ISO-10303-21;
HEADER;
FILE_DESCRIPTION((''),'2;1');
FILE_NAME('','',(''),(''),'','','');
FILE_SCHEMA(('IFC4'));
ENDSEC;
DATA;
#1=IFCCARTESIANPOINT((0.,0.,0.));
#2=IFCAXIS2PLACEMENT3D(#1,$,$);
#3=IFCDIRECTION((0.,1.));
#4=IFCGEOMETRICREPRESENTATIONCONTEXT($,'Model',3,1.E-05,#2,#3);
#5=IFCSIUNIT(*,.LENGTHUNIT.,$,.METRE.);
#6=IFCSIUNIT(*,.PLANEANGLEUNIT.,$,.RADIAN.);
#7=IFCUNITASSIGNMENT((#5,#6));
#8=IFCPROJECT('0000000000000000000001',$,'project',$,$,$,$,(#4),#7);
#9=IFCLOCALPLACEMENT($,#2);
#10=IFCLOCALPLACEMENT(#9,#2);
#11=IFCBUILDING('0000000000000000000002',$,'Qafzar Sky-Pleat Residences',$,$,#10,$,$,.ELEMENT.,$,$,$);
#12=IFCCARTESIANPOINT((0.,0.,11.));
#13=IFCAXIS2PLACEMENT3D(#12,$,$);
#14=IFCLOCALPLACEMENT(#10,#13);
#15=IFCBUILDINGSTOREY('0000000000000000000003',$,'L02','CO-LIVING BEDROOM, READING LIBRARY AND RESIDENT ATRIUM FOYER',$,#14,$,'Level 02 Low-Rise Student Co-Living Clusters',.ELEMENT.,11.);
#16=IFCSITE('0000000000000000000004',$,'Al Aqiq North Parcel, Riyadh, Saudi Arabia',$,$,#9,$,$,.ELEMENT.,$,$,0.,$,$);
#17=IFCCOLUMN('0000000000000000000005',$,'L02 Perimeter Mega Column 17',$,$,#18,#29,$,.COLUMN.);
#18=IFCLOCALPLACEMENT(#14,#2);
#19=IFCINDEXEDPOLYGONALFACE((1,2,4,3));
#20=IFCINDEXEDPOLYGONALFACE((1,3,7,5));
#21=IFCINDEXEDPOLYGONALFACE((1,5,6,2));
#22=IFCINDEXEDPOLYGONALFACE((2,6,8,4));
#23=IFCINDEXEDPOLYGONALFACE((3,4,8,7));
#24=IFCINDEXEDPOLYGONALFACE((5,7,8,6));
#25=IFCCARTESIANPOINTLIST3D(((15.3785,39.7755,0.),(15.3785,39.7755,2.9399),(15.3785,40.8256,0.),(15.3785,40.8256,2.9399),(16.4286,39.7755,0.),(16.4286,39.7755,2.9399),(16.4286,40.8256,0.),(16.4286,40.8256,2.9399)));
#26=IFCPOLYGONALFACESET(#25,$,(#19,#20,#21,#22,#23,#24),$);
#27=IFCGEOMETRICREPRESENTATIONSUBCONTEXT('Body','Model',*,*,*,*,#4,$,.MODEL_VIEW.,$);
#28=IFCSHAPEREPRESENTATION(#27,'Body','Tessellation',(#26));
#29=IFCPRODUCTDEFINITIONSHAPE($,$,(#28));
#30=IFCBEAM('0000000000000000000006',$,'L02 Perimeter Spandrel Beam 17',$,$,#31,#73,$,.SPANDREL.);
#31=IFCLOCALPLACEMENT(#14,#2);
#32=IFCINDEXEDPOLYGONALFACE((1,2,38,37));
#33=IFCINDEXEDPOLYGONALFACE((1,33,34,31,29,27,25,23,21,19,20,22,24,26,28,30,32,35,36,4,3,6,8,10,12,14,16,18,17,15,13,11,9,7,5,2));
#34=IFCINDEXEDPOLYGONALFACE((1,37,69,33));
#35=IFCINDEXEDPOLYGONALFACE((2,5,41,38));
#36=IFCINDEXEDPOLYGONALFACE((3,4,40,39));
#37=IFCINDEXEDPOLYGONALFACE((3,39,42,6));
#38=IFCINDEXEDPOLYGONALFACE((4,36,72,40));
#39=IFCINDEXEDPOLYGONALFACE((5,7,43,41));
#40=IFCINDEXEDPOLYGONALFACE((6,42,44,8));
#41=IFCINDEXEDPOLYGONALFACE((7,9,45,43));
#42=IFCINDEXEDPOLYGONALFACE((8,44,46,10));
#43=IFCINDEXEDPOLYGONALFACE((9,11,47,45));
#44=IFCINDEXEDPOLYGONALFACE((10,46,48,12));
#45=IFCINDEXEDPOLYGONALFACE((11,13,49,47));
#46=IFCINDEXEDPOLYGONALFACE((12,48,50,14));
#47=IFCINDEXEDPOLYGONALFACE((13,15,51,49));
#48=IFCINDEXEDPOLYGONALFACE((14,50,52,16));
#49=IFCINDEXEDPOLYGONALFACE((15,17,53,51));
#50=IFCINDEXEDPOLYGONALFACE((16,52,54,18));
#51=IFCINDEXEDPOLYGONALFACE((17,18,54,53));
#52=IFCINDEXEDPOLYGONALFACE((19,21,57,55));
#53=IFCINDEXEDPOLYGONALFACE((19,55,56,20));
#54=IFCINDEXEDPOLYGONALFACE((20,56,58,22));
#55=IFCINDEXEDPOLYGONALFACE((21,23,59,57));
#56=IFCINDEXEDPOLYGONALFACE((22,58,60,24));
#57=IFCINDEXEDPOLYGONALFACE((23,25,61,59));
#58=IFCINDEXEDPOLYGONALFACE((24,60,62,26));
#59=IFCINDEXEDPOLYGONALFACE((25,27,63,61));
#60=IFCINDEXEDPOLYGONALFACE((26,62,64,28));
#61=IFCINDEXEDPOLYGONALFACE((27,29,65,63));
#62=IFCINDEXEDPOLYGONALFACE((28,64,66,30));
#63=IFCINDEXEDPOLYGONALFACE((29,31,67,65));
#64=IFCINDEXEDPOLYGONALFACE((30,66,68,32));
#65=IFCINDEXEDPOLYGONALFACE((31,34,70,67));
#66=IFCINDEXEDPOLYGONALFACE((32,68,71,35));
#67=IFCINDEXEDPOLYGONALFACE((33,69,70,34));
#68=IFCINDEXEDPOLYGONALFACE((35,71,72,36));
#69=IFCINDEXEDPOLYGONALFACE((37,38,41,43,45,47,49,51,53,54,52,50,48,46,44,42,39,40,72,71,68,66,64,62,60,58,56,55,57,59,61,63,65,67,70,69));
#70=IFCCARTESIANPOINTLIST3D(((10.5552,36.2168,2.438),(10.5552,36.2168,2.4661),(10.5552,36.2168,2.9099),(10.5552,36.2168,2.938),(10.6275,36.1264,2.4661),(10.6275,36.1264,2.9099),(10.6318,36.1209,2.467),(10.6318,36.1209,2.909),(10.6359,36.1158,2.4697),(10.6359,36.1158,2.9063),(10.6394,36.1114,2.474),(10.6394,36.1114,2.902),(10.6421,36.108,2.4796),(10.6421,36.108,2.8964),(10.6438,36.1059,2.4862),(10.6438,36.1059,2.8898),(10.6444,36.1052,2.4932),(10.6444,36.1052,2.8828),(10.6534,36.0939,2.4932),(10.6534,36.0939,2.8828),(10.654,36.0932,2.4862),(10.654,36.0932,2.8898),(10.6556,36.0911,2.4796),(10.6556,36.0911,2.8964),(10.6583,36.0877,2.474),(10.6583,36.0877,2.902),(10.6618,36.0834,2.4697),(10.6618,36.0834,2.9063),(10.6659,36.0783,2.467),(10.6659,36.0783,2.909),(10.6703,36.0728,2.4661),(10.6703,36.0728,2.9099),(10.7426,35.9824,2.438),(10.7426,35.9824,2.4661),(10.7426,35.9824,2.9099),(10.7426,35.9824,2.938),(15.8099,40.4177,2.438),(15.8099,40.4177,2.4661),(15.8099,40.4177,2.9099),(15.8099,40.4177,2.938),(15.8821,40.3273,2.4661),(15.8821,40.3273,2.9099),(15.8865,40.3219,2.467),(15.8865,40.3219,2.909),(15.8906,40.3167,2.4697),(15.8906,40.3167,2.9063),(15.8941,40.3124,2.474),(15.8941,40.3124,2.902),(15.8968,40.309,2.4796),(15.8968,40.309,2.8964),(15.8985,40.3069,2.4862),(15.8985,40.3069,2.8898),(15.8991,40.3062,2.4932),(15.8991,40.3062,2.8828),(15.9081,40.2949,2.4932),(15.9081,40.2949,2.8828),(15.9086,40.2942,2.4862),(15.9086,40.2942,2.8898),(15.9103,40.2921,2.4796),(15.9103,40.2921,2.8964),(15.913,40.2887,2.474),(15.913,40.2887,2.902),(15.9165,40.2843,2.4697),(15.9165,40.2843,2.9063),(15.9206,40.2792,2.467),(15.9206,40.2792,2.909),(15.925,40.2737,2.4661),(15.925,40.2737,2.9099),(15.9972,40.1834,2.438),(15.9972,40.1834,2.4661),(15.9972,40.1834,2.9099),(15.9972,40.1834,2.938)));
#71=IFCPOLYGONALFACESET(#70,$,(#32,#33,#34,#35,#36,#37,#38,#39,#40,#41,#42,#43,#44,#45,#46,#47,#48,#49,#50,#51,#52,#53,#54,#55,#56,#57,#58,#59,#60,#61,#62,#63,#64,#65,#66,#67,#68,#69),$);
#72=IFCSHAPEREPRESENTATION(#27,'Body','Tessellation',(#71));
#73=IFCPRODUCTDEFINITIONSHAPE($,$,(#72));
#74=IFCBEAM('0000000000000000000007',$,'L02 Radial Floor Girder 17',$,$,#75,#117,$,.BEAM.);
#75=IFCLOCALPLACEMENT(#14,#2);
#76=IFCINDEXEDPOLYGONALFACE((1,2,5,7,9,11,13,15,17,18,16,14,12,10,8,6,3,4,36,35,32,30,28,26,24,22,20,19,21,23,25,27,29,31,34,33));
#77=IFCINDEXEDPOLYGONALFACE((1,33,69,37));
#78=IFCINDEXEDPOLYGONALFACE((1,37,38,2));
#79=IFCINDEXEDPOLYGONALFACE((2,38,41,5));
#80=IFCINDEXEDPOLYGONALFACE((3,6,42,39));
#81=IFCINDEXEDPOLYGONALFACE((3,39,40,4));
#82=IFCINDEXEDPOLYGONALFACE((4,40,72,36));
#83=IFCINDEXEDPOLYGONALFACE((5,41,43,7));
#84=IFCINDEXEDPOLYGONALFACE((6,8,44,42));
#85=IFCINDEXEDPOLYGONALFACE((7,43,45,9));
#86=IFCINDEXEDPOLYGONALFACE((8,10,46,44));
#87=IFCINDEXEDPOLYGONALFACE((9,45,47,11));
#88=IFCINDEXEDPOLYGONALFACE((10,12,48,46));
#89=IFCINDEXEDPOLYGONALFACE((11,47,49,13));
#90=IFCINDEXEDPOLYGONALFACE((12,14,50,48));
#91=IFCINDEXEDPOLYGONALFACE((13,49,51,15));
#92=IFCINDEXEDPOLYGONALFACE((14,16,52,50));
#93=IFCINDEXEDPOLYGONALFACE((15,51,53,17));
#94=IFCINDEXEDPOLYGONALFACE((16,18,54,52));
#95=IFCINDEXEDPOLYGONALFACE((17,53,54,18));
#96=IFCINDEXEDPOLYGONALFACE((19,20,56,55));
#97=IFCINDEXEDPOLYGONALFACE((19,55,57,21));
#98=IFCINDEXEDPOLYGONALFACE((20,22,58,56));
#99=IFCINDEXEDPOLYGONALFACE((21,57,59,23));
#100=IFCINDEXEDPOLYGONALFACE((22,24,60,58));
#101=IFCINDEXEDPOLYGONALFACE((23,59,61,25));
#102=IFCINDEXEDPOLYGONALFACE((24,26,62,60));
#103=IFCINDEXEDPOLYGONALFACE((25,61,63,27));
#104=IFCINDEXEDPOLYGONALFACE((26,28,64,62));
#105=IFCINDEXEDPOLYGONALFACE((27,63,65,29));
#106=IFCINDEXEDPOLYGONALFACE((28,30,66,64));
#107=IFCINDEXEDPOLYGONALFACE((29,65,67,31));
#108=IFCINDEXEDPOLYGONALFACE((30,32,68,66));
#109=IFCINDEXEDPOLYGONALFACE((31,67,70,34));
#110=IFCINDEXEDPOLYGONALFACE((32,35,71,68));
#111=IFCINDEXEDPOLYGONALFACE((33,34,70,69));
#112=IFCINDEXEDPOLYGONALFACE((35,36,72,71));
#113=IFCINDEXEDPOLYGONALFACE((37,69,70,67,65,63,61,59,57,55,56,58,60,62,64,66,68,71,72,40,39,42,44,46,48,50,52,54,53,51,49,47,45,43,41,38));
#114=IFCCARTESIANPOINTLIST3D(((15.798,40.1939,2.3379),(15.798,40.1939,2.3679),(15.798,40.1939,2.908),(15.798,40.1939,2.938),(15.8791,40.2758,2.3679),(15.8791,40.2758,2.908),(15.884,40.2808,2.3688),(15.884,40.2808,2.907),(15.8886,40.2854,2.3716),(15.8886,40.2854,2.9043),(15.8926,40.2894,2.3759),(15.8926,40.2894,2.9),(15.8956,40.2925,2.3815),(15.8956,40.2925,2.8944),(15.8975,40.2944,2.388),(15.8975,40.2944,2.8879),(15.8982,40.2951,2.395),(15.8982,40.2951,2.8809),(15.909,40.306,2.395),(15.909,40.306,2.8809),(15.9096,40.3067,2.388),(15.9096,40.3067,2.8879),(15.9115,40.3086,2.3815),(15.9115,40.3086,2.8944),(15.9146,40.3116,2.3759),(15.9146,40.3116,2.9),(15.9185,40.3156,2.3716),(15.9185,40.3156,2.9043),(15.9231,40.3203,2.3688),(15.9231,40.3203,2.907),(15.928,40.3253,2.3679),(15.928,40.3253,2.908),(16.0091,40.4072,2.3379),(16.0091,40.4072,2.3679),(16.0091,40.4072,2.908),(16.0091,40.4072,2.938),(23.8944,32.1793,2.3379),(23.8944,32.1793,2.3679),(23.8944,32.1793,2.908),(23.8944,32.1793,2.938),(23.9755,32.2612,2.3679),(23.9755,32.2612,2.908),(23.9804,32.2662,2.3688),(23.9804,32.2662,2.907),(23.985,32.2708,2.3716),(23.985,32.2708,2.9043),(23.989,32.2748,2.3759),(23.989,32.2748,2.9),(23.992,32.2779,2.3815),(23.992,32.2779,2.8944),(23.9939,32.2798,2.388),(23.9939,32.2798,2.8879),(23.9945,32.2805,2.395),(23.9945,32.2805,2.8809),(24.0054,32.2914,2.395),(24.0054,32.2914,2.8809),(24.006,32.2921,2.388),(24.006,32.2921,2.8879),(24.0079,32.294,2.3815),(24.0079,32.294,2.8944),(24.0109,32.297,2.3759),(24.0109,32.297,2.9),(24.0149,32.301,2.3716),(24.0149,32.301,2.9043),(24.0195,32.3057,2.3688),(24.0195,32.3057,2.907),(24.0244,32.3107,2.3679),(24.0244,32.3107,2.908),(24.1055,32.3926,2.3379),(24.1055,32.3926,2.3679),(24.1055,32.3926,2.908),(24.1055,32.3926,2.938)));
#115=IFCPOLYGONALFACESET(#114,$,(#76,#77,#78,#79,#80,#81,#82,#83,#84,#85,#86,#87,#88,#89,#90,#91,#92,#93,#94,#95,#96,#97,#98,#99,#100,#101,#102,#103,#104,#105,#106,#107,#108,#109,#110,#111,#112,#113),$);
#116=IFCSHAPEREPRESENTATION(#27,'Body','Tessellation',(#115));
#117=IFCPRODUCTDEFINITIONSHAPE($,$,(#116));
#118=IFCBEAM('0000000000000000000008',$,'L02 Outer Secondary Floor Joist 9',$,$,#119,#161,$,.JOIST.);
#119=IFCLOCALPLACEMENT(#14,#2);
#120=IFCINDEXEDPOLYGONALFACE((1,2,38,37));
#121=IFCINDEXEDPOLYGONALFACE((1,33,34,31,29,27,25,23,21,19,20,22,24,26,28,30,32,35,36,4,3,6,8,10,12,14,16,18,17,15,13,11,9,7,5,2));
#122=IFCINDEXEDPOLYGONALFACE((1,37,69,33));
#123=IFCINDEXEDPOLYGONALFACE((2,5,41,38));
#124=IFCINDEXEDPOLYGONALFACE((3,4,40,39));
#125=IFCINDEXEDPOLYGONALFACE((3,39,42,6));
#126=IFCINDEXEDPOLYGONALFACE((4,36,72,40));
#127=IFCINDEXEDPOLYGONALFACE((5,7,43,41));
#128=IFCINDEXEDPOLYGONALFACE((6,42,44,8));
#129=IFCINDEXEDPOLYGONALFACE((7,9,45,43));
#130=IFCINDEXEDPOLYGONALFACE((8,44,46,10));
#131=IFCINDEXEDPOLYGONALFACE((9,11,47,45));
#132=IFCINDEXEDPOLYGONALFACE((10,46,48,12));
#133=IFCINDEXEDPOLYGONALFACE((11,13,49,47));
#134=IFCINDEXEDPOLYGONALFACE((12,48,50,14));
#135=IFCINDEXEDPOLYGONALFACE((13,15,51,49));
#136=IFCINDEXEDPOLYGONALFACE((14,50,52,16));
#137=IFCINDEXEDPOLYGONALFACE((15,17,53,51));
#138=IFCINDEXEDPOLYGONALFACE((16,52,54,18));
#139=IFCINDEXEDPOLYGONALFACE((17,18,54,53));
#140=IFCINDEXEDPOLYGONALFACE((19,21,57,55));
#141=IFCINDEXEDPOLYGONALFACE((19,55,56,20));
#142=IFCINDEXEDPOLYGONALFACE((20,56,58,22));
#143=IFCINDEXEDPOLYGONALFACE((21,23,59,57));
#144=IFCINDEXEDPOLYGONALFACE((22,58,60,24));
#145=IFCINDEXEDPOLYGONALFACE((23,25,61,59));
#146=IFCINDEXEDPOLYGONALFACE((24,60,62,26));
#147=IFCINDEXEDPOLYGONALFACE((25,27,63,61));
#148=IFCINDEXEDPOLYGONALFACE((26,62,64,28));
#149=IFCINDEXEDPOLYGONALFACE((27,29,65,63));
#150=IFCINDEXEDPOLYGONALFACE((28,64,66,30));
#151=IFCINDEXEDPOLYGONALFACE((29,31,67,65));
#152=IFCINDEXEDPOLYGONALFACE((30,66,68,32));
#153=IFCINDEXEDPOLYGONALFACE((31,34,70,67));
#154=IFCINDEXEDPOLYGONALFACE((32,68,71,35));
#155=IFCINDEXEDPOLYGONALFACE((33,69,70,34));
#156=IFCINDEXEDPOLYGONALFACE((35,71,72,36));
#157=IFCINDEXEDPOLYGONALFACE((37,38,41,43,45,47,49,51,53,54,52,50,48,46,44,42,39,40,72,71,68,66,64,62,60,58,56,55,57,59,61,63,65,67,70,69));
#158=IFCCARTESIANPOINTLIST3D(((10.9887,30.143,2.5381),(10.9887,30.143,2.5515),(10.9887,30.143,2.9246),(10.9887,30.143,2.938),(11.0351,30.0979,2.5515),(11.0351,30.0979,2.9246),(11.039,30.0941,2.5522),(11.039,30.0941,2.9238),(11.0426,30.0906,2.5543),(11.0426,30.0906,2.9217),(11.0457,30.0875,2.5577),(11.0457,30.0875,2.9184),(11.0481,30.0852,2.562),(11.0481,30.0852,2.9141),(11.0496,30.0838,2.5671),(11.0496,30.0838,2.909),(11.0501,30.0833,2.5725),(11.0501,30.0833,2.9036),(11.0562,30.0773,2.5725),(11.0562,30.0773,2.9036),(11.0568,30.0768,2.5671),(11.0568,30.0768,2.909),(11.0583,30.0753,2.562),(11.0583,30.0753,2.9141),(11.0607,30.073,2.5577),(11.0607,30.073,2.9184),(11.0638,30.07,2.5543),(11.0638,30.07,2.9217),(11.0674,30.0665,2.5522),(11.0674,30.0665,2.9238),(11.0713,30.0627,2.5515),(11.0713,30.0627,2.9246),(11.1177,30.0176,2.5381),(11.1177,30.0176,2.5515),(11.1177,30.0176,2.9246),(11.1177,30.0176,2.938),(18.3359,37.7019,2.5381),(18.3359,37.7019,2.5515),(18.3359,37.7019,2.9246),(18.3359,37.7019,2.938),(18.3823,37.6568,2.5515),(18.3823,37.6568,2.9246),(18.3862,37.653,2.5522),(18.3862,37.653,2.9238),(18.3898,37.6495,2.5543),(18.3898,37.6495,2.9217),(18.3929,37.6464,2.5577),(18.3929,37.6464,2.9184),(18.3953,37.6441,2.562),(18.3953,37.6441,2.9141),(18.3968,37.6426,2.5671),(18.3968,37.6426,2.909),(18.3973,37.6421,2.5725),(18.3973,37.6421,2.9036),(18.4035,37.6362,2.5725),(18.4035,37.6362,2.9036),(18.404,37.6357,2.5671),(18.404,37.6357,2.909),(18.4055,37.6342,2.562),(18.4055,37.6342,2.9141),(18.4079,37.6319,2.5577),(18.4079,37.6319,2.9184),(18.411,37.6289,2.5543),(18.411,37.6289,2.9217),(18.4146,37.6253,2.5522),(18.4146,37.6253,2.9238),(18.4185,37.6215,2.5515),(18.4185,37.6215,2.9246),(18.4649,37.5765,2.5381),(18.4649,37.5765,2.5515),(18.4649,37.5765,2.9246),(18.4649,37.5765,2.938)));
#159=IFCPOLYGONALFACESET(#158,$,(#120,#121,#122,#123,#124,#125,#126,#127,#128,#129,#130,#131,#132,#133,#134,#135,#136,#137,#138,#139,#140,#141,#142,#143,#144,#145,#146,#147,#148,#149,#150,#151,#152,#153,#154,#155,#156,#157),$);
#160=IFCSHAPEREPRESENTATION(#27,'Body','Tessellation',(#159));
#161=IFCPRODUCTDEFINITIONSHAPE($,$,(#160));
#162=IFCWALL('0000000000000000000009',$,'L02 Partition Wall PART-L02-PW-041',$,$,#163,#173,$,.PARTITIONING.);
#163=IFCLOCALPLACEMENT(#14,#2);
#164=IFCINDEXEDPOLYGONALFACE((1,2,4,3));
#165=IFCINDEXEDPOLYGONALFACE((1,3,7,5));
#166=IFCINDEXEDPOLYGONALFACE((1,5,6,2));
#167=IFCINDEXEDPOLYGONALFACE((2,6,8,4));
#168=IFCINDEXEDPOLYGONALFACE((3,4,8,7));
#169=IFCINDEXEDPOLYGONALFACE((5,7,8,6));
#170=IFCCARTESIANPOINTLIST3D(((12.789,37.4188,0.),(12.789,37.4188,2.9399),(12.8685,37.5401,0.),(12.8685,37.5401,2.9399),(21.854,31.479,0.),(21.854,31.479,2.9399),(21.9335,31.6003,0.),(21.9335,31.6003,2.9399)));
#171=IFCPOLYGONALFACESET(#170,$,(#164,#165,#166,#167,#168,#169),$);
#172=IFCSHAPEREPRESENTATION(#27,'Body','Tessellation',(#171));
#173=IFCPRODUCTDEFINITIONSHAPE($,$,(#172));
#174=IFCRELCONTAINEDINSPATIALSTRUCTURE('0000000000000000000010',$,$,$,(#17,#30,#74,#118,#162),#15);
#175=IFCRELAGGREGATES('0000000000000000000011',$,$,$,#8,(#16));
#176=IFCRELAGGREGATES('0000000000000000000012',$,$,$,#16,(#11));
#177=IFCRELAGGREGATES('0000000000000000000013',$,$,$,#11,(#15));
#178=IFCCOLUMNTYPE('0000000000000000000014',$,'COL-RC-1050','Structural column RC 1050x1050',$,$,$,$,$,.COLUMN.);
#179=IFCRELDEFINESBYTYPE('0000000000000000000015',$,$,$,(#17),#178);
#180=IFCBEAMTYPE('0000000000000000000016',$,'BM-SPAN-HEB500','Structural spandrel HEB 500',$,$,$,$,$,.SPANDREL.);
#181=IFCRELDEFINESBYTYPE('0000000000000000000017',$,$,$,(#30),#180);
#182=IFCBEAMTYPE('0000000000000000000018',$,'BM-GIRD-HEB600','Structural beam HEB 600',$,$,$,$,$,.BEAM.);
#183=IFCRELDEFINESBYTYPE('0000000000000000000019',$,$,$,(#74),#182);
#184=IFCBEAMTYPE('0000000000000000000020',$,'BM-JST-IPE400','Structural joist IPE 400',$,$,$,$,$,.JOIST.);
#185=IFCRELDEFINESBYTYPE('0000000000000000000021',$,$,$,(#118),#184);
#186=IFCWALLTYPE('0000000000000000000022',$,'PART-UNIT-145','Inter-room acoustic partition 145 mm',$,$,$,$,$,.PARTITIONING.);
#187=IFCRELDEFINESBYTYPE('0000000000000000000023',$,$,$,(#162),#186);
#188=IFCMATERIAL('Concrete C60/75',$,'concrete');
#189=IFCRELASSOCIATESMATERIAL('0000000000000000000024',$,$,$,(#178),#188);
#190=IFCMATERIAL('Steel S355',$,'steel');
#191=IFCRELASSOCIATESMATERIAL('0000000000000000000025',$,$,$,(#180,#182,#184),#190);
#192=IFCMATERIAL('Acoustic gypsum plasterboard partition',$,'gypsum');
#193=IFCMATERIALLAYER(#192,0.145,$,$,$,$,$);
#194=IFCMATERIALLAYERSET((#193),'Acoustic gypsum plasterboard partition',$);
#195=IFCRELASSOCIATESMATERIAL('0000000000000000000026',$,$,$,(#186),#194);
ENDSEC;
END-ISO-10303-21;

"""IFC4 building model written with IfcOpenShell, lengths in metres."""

from ifc_helpers import new_model, si_unit, direction, frame, frame_2d, origin, origin_2d, place, context, subcontext, project, spatial, rectangle, i_section, extrude, source, transform, mapped, material, layer, layer_set, material_profile, profile_set, type_object, element, save


model = new_model("IFC4")

# Units and contexts
model_context = context("Model", 3, precision=1e-05, world=origin(), true_north=direction((0.0, 1.0)))
body_context = subcontext(model_context, "Body", "Model", "MODEL_VIEW")
ifc_project = project(units=[si_unit("LENGTHUNIT", "METRE"), si_unit("PLANEANGLEUNIT", "RADIAN")], contexts=[model_context])

# Site, building, storey
site_placement = place(None, origin())
site = spatial("IfcSite", under=ifc_project, at=site_placement, Name="Al Aqiq North Parcel, Riyadh, Saudi Arabia", CompositionType="ELEMENT", RefElevation=0.0)
building_placement = place(site_placement, origin())
building = spatial("IfcBuilding", under=site, at=building_placement, Name="Qafzar Sky-Pleat Residences", CompositionType="ELEMENT")
storey_placement = place(building_placement, frame((0.0, 0.0, 11.0)))
storey = spatial("IfcBuildingStorey", under=building, at=storey_placement, Name="L02", Description="CO-LIVING BEDROOM, READING LIBRARY AND RESIDENT ATRIUM FOYER", LongName="Level 02 Low-Rise Student Co-Living Clusters", CompositionType="ELEMENT", Elevation=11.0)

# Column
ifc_material_1 = material(Name="Concrete C60/75", Category="concrete")
ifc_material_profile_1 = material_profile(ifc_material_1, rectangle(XDim=1.05, YDim=1.05, at=origin_2d()), Name="RC 1050x1050")
ifc_profile_set_1 = profile_set([ifc_material_profile_1], Name="Concrete C60/75")
column_type = type_object("IfcColumnType", Name="COL-RC-1050", Description="Structural column RC 1050x1050", PredefinedType="COLUMN", material=ifc_profile_set_1)
shared_shape_1 = source(origin(), body_context, "Body", "SweptSolid", [
    extrude(rectangle(XDim=1.05, YDim=1.05, at=origin_2d()), origin(), (0.0, 0.0, 1.0), 2.9399),
])
column_placement = place(storey_placement, frame((15.9036, 40.3005, 0.0), z_axis=(0.0, 0.0, 1.0), x_axis=(1.0, 0.0, 0.0)))
element("IfcColumn", 1, at=column_placement, inside=storey, type_object=column_type, Name="L02 Perimeter Mega Column 17", PredefinedType="COLUMN", context=body_context, shape_type="MappedRepresentation", body=[
    mapped(shared_shape_1, transform((0.0, 0.0, 0.0), x_axis=(1.0, 0.0, 0.0), y_axis=(0.0, 1.0, 0.0), z_axis=(0.0, 0.0, 1.0), scale=1.0)),
])

# Beams
ifc_material_2 = material(Name="Steel S355", Category="steel")
ifc_material_profile_2 = material_profile(ifc_material_2, i_section(OverallWidth=0.3, OverallDepth=0.5, WebThickness=0.0144, FlangeThickness=0.0281, FilletRadius=0.0271, at=origin_2d()), Name="HEB 500")
ifc_profile_set_2 = profile_set([ifc_material_profile_2], Name="Steel S355")
beam_type_1 = type_object("IfcBeamType", Name="BM-SPAN-HEB500", Description="Structural spandrel HEB 500", PredefinedType="SPANDREL", material=ifc_profile_set_2)
shared_shape_2 = source(origin(), body_context, "Body", "SweptSolid", [
    extrude(i_section(OverallWidth=0.3, OverallDepth=0.5, WebThickness=0.0144, FlangeThickness=0.0281, FilletRadius=0.0271, at=origin_2d()), origin(), (0.0, 0.0, 1.0), 6.7275),
])
beam_1_placement = place(storey_placement, frame((15.9036, 40.3005, 2.688), z_axis=(-0.781071, -0.624443, 0.0), x_axis=(0.624443, -0.781071, 0.0)))
element("IfcBeam", 2, at=beam_1_placement, inside=storey, type_object=beam_type_1, Name="L02 Perimeter Spandrel Beam 17", PredefinedType="SPANDREL", context=body_context, shape_type="MappedRepresentation", body=[
    mapped(shared_shape_2, transform((0.0, 0.0, 0.0), x_axis=(1.0, 0.0, 0.0), y_axis=(0.0, 1.0, 0.0), z_axis=(0.0, 0.0, 1.0), scale=1.0)),
])
ifc_material_profile_3 = material_profile(ifc_material_2, i_section(OverallWidth=0.3, OverallDepth=0.6001, WebThickness=0.0154, FlangeThickness=0.03, FilletRadius=0.0271, at=origin_2d()), Name="HEB 600")
ifc_profile_set_3 = profile_set([ifc_material_profile_3], Name="Steel S355")
beam_type_2 = type_object("IfcBeamType", Name="BM-GIRD-HEB600", Description="Structural beam HEB 600", PredefinedType="BEAM", material=ifc_profile_set_3)
shared_shape_3 = source(origin(), body_context, "Body", "SweptSolid", [
    extrude(i_section(OverallWidth=0.3, OverallDepth=0.6001, WebThickness=0.0154, FlangeThickness=0.03, FilletRadius=0.0271, at=origin_2d()), origin(), (0.0, 0.0, 1.0), 11.3923),
])
beam_2_placement = place(storey_placement, frame((15.9036, 40.3005, 2.6379), z_axis=(0.710687, -0.703508, 0.0), x_axis=(0.703508, 0.710687, 0.0)))
element("IfcBeam", 3, at=beam_2_placement, inside=storey, type_object=beam_type_2, Name="L02 Radial Floor Girder 17", PredefinedType="BEAM", context=body_context, shape_type="MappedRepresentation", body=[
    mapped(shared_shape_3, transform((0.0, 0.0, 0.0), x_axis=(1.0, 0.0, 0.0), y_axis=(0.0, 1.0, 0.0), z_axis=(0.0, 0.0, 1.0), scale=1.0)),
])
ifc_material_profile_4 = material_profile(ifc_material_2, i_section(OverallWidth=0.1799, OverallDepth=0.3999, WebThickness=0.0085, FlangeThickness=0.0134, FilletRadius=0.021, at=origin_2d()), Name="IPE 400")
ifc_profile_set_4 = profile_set([ifc_material_profile_4], Name="Steel S355")
beam_type_3 = type_object("IfcBeamType", Name="BM-JST-IPE400", Description="Structural joist IPE 400", PredefinedType="JOIST", material=ifc_profile_set_4)
shared_shape_4 = source(origin(), body_context, "Body", "SweptSolid", [
    extrude(i_section(OverallWidth=0.1799, OverallDepth=0.3999, WebThickness=0.0085, FlangeThickness=0.0134, FilletRadius=0.021, at=origin_2d()), origin(), (0.0, 0.0, 1.0), 10.5413),
])
beam_3_placement = place(storey_placement, frame((18.4004, 37.6392, 2.738), z_axis=(-0.696995, -0.717076, 0.0), x_axis=(0.717076, -0.696995, 0.0)))
element("IfcBeam", 4, at=beam_3_placement, inside=storey, type_object=beam_type_3, Name="L02 Outer Secondary Floor Joist 9", PredefinedType="JOIST", context=body_context, shape_type="MappedRepresentation", body=[
    mapped(shared_shape_4, transform((0.0, 0.0, 0.0), x_axis=(1.0, 0.0, 0.0), y_axis=(0.0, 1.0, 0.0), z_axis=(0.0, 0.0, 1.0), scale=1.0)),
])

# Wall
ifc_material_3 = material(Name="Acoustic gypsum plasterboard partition", Category="gypsum")
ifc_layer_1 = layer(ifc_material_3, 0.145)
ifc_layer_set_1 = layer_set([ifc_layer_1], Name="Acoustic gypsum plasterboard partition")
wall_type_1 = type_object("IfcWallType", Name="PART-UNIT-145", Description="Inter-room acoustic partition 145 mm", PredefinedType="PARTITIONING", material=ifc_layer_set_1)
wall_1_placement = place(storey_placement, frame((12.8286, 37.4795, 0.0), z_axis=(0.0, 0.0, 1.0), x_axis=(0.836436, -0.548065, 0.0)))
element("IfcWall", 5, at=wall_1_placement, inside=storey, type_object=wall_type_1, Name="L02 Partition Wall PART-L02-PW-041", PredefinedType="PARTITIONING", context=body_context, shape_type="SweptSolid", body=[
    extrude(rectangle(XDim=10.8376, YDim=0.145, at=frame_2d((5.4189, 0.0))), origin(), (0.0, 0.0, 1.0), 2.9399),
])

save(model, "model.ifc")
